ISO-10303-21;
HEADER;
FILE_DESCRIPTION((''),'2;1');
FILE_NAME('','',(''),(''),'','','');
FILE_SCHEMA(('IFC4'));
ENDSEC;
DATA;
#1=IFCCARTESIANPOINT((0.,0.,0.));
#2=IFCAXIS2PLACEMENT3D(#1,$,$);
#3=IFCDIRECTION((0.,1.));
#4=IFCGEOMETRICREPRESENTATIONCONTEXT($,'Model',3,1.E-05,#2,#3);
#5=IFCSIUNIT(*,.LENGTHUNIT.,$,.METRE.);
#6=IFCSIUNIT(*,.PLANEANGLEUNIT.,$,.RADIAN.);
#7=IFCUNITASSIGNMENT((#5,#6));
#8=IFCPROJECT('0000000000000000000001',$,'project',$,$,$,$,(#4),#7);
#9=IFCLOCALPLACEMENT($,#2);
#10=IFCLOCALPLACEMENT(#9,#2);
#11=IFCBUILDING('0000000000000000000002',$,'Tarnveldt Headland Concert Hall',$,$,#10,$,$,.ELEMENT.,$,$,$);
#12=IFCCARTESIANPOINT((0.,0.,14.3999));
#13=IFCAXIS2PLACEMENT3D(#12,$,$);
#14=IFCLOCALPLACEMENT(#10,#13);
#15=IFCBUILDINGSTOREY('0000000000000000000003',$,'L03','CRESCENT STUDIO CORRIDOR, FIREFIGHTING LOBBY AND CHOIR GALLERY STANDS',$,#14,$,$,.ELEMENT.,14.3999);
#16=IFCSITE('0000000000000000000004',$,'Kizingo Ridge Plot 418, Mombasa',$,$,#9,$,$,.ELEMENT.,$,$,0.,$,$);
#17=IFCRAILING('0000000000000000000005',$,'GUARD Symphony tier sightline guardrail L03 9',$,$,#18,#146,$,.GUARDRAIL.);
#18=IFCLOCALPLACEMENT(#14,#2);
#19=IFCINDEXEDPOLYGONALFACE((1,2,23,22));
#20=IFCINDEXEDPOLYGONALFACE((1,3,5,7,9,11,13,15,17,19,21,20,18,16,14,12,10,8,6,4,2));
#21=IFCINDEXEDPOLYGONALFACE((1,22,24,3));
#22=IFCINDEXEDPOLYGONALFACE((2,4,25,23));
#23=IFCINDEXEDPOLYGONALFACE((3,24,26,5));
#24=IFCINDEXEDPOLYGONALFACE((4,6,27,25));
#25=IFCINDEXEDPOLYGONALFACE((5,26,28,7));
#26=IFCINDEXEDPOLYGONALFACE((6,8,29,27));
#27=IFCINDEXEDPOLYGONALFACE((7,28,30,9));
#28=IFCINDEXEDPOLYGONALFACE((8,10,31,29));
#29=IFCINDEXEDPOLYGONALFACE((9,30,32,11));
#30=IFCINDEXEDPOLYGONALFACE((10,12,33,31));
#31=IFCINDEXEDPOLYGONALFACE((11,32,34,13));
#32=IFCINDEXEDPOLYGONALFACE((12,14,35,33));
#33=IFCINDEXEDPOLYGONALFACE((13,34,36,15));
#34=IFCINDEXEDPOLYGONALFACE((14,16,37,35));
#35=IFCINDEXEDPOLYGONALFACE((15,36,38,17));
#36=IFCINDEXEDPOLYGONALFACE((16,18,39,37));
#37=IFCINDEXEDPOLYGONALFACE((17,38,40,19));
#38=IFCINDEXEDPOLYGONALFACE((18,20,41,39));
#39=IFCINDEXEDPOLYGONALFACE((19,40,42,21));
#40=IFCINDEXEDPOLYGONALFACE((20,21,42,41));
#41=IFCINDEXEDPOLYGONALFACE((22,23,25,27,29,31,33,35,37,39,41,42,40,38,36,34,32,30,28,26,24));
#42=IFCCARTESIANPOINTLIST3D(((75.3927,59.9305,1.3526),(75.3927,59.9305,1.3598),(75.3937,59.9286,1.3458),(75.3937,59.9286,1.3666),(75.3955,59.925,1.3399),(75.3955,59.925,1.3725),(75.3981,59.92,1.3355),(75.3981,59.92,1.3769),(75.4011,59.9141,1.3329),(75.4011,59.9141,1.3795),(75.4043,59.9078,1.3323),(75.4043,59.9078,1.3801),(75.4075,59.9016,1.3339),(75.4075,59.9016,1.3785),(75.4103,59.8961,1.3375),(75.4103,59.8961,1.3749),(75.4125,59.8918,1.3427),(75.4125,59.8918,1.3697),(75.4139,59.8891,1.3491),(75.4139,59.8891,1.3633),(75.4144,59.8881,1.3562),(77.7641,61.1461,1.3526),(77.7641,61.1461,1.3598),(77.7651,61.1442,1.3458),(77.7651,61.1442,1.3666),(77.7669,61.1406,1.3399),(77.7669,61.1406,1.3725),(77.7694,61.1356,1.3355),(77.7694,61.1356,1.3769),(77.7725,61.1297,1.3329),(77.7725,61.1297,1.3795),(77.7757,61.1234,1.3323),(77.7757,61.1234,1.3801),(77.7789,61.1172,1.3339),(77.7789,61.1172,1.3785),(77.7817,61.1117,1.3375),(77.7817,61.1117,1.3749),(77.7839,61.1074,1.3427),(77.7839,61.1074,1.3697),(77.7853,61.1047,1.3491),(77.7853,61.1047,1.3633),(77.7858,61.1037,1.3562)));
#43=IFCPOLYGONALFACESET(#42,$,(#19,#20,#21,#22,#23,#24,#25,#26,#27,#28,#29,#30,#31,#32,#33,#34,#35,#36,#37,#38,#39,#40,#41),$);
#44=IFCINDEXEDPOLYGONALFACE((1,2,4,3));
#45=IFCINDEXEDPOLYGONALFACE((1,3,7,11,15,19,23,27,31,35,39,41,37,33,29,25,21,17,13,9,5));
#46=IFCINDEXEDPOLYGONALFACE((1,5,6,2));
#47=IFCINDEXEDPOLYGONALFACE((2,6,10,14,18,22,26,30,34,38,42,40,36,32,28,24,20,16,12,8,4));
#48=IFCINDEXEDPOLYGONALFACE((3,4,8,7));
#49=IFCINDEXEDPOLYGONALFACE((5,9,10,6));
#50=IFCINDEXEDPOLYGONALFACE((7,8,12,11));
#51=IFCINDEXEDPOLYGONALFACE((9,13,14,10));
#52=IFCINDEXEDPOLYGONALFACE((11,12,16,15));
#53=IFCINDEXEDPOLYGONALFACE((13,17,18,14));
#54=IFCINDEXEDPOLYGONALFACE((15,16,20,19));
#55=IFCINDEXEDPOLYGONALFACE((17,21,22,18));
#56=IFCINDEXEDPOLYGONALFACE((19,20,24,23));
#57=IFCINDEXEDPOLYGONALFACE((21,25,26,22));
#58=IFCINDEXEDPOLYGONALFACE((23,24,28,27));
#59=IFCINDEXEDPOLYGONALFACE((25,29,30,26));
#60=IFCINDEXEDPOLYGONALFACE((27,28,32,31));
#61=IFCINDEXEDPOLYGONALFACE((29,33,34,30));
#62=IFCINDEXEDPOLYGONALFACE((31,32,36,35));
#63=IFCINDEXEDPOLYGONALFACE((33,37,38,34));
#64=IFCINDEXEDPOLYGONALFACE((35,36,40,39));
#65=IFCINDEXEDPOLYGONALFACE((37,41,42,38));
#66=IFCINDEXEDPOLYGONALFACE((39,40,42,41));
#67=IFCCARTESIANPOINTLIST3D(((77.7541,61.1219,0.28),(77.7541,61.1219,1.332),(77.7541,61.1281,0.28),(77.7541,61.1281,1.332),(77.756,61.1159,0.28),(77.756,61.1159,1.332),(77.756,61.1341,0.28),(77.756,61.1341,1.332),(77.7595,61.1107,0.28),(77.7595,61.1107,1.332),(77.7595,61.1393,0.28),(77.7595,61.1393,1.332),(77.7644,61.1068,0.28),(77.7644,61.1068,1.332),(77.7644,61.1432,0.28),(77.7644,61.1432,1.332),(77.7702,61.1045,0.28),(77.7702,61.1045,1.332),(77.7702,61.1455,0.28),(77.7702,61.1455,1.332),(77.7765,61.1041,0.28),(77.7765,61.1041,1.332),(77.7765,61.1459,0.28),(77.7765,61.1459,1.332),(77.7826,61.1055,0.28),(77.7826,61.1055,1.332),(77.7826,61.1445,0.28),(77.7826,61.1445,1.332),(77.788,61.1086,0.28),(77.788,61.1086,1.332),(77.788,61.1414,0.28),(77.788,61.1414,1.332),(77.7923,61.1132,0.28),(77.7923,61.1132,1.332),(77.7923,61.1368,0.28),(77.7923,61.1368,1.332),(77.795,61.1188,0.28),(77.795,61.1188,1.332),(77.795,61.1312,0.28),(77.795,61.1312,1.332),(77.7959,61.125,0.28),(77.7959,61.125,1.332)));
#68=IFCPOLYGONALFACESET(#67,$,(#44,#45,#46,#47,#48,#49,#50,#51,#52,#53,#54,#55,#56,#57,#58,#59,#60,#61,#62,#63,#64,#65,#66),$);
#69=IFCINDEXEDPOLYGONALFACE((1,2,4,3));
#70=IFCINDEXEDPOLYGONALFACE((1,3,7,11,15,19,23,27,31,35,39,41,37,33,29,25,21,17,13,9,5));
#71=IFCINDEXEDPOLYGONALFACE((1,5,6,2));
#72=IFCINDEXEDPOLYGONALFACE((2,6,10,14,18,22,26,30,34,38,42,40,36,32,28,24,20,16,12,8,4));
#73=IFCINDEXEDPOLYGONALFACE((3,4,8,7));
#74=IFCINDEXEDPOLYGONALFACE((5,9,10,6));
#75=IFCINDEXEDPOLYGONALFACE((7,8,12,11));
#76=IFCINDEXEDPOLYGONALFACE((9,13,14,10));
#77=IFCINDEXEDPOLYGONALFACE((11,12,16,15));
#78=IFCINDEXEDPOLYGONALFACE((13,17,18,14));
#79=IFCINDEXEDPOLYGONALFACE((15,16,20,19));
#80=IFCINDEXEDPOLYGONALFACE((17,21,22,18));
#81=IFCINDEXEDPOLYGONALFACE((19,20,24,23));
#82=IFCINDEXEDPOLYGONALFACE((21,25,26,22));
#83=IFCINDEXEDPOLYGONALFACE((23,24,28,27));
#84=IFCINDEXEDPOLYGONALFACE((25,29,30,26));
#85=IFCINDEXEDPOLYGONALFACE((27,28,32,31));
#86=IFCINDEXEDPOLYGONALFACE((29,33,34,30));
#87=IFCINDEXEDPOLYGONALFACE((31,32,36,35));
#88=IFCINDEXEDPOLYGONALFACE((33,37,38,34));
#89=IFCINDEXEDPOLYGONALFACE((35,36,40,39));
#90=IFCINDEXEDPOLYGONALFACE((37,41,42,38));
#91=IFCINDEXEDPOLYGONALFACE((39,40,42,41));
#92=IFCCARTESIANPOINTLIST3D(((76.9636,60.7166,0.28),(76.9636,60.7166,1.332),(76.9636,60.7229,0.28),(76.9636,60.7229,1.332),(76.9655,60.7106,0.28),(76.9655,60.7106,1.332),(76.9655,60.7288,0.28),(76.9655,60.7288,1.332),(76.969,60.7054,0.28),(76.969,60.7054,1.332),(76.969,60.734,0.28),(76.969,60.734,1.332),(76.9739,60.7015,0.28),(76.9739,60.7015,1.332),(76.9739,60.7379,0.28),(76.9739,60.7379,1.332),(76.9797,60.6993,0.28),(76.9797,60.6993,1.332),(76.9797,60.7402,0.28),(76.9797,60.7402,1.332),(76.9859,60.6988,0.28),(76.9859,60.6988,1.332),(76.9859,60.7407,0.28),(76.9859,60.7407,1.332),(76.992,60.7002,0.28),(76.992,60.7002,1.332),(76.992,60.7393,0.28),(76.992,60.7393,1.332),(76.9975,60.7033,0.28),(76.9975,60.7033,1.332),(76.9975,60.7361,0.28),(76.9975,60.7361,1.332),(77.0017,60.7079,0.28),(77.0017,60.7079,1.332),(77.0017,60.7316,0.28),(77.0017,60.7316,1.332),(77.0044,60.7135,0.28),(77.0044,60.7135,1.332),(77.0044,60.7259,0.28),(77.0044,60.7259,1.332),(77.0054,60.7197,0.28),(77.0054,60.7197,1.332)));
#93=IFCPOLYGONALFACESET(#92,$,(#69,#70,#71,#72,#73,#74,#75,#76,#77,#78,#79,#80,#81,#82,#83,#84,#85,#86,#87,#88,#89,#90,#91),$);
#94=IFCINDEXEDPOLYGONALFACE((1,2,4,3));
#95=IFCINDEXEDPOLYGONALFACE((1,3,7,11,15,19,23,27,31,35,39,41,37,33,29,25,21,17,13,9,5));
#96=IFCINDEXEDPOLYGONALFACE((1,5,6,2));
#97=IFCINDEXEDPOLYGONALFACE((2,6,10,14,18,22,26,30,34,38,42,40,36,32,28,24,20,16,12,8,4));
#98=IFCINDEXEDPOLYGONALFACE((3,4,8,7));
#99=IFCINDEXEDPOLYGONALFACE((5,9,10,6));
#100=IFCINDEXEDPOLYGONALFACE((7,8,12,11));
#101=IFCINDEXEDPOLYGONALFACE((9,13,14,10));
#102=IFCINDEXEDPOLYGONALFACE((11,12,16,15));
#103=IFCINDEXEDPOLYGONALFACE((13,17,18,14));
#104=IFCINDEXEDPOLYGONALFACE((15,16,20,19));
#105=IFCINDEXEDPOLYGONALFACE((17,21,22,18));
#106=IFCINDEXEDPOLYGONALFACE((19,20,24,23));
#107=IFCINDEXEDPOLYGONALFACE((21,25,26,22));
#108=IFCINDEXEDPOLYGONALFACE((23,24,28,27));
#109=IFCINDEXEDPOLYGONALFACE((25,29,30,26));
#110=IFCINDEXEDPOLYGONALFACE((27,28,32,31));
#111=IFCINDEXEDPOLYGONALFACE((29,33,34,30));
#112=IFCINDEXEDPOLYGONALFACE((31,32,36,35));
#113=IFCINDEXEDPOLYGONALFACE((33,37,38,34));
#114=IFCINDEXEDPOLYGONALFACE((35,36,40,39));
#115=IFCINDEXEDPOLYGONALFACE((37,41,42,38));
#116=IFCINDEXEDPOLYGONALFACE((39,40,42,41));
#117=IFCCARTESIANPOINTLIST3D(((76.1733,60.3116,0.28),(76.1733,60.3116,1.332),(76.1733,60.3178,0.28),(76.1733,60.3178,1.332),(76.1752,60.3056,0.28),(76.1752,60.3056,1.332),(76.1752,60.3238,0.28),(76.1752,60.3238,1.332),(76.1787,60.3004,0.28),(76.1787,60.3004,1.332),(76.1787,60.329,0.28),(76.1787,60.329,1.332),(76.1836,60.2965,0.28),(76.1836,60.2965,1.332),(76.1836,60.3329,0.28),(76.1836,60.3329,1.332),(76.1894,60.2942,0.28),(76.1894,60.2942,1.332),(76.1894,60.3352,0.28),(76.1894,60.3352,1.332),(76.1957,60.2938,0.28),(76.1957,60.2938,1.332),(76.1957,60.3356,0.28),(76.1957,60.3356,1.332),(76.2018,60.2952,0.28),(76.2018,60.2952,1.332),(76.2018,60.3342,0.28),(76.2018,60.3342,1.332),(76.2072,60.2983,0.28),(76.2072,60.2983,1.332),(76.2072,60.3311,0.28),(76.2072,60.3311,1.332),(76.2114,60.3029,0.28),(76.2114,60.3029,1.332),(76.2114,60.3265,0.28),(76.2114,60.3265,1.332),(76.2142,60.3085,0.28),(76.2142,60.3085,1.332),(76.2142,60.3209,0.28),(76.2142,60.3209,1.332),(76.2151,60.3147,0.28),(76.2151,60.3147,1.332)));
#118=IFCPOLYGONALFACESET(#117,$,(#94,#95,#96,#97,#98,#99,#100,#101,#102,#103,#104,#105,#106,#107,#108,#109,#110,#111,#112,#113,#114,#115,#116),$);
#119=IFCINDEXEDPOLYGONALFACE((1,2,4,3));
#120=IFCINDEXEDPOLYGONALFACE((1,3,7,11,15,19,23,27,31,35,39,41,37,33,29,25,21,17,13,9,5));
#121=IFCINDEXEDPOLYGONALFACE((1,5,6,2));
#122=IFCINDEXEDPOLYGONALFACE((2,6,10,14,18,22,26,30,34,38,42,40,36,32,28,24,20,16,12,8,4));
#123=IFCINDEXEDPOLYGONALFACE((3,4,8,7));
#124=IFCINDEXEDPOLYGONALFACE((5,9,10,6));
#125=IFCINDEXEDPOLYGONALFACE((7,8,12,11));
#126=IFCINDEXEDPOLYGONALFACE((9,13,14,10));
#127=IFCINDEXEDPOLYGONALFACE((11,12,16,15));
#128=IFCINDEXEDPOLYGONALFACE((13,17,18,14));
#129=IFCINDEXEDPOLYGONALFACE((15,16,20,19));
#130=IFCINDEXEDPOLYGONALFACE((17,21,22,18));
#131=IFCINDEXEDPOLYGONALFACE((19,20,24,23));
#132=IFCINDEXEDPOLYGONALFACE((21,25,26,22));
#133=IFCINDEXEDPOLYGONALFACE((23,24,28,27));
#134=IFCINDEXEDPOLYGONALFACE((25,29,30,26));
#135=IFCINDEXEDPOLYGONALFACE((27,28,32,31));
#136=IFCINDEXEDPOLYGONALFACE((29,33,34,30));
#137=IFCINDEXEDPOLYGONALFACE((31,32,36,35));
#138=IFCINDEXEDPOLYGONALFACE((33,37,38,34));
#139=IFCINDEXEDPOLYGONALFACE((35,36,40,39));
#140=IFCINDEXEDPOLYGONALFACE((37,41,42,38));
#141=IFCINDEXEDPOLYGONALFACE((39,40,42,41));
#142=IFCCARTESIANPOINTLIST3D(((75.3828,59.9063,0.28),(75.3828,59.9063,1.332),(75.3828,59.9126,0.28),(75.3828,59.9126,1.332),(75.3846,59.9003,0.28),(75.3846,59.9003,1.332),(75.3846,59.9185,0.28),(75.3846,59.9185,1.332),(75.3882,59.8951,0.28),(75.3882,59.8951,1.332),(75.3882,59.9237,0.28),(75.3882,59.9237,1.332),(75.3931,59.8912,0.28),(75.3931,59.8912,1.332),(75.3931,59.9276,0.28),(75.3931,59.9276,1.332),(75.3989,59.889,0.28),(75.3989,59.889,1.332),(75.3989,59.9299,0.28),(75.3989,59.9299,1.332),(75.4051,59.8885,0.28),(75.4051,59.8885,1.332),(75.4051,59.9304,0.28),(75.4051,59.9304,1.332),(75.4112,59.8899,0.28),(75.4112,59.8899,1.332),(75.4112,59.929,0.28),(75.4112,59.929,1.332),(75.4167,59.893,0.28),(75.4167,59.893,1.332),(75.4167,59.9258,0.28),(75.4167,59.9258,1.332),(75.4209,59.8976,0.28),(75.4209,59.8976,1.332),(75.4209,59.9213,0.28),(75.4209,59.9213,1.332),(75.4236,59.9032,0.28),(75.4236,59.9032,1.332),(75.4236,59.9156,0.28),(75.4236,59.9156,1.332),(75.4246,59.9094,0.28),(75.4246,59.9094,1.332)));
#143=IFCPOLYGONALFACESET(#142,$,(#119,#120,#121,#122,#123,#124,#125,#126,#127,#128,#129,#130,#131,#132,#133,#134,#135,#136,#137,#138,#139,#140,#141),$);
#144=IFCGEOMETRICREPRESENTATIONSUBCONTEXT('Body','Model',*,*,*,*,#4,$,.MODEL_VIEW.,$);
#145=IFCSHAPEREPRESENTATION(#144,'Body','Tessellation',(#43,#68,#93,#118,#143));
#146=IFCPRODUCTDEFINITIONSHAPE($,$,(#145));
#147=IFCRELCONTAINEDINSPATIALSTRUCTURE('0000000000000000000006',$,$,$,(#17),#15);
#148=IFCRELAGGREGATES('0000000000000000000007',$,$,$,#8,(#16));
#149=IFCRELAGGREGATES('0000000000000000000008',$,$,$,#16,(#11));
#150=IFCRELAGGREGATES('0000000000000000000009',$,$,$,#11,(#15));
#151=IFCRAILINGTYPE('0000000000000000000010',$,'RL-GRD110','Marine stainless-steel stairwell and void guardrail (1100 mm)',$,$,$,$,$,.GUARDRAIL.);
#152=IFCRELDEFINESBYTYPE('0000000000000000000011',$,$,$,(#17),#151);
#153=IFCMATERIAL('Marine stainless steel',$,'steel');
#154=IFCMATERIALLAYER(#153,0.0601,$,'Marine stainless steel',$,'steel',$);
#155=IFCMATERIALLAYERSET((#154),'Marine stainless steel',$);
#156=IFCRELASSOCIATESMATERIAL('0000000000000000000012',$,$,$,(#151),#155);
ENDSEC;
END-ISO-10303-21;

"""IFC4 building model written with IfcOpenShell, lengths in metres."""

from ifc_helpers import new_model, si_unit, direction, frame, origin, origin_2d, place, context, subcontext, project, spatial, circle, extrude, material, layer, layer_set, type_object, element, save


model = new_model("IFC4")

# Units and contexts
model_context = context("Model", 3, precision=1e-05, world=origin(), true_north=direction((0.0, 1.0)))
body_context = subcontext(model_context, "Body", "Model", "MODEL_VIEW")
ifc_project = project(units=[si_unit("LENGTHUNIT", "METRE"), si_unit("PLANEANGLEUNIT", "RADIAN")], contexts=[model_context])

# Site, building, storey
site_placement = place(None, origin())
site = spatial("IfcSite", under=ifc_project, at=site_placement, Name="Kizingo Ridge Plot 418, Mombasa", CompositionType="ELEMENT", RefElevation=0.0)
building_placement = place(site_placement, origin())
building = spatial("IfcBuilding", under=site, at=building_placement, Name="Tarnveldt Headland Concert Hall", CompositionType="ELEMENT")
storey_placement = place(building_placement, frame((0.0, 0.0, 14.3999)))
storey = spatial("IfcBuildingStorey", under=building, at=storey_placement, Name="L03", Description="CRESCENT STUDIO CORRIDOR, FIREFIGHTING LOBBY AND CHOIR GALLERY STANDS", CompositionType="ELEMENT", Elevation=14.3999)

# Railing
ifc_material_1 = material(Name="Marine stainless steel", Category="steel")
ifc_layer = layer(ifc_material_1, 0.0601, Name="Marine stainless steel", Category="steel")
ifc_layer_set = layer_set([ifc_layer], Name="Marine stainless steel")
railing_type = type_object("IfcRailingType", Name="RL-GRD110", Description="Marine stainless-steel stairwell and void guardrail (1100 mm)", PredefinedType="GUARDRAIL", material=ifc_layer_set)
railing_1_placement = place(storey_placement, frame((77.7749, 61.125, 0.28)))
element("IfcRailing", 1, at=railing_1_placement, inside=storey, type_object=railing_type, Name="GUARD Symphony tier sightline guardrail L03 9", PredefinedType="GUARDRAIL", context=body_context, shape_type="SweptSolid", body=[
    extrude(circle(Radius=0.0239, at=origin_2d()), frame((0.0, 0.0, 1.0762), z_axis=(-0.889893, -0.45617, 0.0), x_axis=(0.45617, -0.889893, 0.0)), (0.0, 0.0, 1.0), 2.6648),
    extrude(circle(Radius=0.021, at=origin_2d()), origin(), (0.0, 0.0, 1.0), 1.052),
    extrude(circle(Radius=0.021, at=origin_2d()), frame((-0.7905, -0.4053, 0.0)), (0.0, 0.0, 1.0), 1.052),
    extrude(circle(Radius=0.021, at=origin_2d()), frame((-1.5808, -0.8103, 0.0)), (0.0, 0.0, 1.0), 1.052),
    extrude(circle(Radius=0.021, at=origin_2d()), frame((-2.3713, -1.2156, 0.0)), (0.0, 0.0, 1.0), 1.052),
])

save(model, "model.ifc")
